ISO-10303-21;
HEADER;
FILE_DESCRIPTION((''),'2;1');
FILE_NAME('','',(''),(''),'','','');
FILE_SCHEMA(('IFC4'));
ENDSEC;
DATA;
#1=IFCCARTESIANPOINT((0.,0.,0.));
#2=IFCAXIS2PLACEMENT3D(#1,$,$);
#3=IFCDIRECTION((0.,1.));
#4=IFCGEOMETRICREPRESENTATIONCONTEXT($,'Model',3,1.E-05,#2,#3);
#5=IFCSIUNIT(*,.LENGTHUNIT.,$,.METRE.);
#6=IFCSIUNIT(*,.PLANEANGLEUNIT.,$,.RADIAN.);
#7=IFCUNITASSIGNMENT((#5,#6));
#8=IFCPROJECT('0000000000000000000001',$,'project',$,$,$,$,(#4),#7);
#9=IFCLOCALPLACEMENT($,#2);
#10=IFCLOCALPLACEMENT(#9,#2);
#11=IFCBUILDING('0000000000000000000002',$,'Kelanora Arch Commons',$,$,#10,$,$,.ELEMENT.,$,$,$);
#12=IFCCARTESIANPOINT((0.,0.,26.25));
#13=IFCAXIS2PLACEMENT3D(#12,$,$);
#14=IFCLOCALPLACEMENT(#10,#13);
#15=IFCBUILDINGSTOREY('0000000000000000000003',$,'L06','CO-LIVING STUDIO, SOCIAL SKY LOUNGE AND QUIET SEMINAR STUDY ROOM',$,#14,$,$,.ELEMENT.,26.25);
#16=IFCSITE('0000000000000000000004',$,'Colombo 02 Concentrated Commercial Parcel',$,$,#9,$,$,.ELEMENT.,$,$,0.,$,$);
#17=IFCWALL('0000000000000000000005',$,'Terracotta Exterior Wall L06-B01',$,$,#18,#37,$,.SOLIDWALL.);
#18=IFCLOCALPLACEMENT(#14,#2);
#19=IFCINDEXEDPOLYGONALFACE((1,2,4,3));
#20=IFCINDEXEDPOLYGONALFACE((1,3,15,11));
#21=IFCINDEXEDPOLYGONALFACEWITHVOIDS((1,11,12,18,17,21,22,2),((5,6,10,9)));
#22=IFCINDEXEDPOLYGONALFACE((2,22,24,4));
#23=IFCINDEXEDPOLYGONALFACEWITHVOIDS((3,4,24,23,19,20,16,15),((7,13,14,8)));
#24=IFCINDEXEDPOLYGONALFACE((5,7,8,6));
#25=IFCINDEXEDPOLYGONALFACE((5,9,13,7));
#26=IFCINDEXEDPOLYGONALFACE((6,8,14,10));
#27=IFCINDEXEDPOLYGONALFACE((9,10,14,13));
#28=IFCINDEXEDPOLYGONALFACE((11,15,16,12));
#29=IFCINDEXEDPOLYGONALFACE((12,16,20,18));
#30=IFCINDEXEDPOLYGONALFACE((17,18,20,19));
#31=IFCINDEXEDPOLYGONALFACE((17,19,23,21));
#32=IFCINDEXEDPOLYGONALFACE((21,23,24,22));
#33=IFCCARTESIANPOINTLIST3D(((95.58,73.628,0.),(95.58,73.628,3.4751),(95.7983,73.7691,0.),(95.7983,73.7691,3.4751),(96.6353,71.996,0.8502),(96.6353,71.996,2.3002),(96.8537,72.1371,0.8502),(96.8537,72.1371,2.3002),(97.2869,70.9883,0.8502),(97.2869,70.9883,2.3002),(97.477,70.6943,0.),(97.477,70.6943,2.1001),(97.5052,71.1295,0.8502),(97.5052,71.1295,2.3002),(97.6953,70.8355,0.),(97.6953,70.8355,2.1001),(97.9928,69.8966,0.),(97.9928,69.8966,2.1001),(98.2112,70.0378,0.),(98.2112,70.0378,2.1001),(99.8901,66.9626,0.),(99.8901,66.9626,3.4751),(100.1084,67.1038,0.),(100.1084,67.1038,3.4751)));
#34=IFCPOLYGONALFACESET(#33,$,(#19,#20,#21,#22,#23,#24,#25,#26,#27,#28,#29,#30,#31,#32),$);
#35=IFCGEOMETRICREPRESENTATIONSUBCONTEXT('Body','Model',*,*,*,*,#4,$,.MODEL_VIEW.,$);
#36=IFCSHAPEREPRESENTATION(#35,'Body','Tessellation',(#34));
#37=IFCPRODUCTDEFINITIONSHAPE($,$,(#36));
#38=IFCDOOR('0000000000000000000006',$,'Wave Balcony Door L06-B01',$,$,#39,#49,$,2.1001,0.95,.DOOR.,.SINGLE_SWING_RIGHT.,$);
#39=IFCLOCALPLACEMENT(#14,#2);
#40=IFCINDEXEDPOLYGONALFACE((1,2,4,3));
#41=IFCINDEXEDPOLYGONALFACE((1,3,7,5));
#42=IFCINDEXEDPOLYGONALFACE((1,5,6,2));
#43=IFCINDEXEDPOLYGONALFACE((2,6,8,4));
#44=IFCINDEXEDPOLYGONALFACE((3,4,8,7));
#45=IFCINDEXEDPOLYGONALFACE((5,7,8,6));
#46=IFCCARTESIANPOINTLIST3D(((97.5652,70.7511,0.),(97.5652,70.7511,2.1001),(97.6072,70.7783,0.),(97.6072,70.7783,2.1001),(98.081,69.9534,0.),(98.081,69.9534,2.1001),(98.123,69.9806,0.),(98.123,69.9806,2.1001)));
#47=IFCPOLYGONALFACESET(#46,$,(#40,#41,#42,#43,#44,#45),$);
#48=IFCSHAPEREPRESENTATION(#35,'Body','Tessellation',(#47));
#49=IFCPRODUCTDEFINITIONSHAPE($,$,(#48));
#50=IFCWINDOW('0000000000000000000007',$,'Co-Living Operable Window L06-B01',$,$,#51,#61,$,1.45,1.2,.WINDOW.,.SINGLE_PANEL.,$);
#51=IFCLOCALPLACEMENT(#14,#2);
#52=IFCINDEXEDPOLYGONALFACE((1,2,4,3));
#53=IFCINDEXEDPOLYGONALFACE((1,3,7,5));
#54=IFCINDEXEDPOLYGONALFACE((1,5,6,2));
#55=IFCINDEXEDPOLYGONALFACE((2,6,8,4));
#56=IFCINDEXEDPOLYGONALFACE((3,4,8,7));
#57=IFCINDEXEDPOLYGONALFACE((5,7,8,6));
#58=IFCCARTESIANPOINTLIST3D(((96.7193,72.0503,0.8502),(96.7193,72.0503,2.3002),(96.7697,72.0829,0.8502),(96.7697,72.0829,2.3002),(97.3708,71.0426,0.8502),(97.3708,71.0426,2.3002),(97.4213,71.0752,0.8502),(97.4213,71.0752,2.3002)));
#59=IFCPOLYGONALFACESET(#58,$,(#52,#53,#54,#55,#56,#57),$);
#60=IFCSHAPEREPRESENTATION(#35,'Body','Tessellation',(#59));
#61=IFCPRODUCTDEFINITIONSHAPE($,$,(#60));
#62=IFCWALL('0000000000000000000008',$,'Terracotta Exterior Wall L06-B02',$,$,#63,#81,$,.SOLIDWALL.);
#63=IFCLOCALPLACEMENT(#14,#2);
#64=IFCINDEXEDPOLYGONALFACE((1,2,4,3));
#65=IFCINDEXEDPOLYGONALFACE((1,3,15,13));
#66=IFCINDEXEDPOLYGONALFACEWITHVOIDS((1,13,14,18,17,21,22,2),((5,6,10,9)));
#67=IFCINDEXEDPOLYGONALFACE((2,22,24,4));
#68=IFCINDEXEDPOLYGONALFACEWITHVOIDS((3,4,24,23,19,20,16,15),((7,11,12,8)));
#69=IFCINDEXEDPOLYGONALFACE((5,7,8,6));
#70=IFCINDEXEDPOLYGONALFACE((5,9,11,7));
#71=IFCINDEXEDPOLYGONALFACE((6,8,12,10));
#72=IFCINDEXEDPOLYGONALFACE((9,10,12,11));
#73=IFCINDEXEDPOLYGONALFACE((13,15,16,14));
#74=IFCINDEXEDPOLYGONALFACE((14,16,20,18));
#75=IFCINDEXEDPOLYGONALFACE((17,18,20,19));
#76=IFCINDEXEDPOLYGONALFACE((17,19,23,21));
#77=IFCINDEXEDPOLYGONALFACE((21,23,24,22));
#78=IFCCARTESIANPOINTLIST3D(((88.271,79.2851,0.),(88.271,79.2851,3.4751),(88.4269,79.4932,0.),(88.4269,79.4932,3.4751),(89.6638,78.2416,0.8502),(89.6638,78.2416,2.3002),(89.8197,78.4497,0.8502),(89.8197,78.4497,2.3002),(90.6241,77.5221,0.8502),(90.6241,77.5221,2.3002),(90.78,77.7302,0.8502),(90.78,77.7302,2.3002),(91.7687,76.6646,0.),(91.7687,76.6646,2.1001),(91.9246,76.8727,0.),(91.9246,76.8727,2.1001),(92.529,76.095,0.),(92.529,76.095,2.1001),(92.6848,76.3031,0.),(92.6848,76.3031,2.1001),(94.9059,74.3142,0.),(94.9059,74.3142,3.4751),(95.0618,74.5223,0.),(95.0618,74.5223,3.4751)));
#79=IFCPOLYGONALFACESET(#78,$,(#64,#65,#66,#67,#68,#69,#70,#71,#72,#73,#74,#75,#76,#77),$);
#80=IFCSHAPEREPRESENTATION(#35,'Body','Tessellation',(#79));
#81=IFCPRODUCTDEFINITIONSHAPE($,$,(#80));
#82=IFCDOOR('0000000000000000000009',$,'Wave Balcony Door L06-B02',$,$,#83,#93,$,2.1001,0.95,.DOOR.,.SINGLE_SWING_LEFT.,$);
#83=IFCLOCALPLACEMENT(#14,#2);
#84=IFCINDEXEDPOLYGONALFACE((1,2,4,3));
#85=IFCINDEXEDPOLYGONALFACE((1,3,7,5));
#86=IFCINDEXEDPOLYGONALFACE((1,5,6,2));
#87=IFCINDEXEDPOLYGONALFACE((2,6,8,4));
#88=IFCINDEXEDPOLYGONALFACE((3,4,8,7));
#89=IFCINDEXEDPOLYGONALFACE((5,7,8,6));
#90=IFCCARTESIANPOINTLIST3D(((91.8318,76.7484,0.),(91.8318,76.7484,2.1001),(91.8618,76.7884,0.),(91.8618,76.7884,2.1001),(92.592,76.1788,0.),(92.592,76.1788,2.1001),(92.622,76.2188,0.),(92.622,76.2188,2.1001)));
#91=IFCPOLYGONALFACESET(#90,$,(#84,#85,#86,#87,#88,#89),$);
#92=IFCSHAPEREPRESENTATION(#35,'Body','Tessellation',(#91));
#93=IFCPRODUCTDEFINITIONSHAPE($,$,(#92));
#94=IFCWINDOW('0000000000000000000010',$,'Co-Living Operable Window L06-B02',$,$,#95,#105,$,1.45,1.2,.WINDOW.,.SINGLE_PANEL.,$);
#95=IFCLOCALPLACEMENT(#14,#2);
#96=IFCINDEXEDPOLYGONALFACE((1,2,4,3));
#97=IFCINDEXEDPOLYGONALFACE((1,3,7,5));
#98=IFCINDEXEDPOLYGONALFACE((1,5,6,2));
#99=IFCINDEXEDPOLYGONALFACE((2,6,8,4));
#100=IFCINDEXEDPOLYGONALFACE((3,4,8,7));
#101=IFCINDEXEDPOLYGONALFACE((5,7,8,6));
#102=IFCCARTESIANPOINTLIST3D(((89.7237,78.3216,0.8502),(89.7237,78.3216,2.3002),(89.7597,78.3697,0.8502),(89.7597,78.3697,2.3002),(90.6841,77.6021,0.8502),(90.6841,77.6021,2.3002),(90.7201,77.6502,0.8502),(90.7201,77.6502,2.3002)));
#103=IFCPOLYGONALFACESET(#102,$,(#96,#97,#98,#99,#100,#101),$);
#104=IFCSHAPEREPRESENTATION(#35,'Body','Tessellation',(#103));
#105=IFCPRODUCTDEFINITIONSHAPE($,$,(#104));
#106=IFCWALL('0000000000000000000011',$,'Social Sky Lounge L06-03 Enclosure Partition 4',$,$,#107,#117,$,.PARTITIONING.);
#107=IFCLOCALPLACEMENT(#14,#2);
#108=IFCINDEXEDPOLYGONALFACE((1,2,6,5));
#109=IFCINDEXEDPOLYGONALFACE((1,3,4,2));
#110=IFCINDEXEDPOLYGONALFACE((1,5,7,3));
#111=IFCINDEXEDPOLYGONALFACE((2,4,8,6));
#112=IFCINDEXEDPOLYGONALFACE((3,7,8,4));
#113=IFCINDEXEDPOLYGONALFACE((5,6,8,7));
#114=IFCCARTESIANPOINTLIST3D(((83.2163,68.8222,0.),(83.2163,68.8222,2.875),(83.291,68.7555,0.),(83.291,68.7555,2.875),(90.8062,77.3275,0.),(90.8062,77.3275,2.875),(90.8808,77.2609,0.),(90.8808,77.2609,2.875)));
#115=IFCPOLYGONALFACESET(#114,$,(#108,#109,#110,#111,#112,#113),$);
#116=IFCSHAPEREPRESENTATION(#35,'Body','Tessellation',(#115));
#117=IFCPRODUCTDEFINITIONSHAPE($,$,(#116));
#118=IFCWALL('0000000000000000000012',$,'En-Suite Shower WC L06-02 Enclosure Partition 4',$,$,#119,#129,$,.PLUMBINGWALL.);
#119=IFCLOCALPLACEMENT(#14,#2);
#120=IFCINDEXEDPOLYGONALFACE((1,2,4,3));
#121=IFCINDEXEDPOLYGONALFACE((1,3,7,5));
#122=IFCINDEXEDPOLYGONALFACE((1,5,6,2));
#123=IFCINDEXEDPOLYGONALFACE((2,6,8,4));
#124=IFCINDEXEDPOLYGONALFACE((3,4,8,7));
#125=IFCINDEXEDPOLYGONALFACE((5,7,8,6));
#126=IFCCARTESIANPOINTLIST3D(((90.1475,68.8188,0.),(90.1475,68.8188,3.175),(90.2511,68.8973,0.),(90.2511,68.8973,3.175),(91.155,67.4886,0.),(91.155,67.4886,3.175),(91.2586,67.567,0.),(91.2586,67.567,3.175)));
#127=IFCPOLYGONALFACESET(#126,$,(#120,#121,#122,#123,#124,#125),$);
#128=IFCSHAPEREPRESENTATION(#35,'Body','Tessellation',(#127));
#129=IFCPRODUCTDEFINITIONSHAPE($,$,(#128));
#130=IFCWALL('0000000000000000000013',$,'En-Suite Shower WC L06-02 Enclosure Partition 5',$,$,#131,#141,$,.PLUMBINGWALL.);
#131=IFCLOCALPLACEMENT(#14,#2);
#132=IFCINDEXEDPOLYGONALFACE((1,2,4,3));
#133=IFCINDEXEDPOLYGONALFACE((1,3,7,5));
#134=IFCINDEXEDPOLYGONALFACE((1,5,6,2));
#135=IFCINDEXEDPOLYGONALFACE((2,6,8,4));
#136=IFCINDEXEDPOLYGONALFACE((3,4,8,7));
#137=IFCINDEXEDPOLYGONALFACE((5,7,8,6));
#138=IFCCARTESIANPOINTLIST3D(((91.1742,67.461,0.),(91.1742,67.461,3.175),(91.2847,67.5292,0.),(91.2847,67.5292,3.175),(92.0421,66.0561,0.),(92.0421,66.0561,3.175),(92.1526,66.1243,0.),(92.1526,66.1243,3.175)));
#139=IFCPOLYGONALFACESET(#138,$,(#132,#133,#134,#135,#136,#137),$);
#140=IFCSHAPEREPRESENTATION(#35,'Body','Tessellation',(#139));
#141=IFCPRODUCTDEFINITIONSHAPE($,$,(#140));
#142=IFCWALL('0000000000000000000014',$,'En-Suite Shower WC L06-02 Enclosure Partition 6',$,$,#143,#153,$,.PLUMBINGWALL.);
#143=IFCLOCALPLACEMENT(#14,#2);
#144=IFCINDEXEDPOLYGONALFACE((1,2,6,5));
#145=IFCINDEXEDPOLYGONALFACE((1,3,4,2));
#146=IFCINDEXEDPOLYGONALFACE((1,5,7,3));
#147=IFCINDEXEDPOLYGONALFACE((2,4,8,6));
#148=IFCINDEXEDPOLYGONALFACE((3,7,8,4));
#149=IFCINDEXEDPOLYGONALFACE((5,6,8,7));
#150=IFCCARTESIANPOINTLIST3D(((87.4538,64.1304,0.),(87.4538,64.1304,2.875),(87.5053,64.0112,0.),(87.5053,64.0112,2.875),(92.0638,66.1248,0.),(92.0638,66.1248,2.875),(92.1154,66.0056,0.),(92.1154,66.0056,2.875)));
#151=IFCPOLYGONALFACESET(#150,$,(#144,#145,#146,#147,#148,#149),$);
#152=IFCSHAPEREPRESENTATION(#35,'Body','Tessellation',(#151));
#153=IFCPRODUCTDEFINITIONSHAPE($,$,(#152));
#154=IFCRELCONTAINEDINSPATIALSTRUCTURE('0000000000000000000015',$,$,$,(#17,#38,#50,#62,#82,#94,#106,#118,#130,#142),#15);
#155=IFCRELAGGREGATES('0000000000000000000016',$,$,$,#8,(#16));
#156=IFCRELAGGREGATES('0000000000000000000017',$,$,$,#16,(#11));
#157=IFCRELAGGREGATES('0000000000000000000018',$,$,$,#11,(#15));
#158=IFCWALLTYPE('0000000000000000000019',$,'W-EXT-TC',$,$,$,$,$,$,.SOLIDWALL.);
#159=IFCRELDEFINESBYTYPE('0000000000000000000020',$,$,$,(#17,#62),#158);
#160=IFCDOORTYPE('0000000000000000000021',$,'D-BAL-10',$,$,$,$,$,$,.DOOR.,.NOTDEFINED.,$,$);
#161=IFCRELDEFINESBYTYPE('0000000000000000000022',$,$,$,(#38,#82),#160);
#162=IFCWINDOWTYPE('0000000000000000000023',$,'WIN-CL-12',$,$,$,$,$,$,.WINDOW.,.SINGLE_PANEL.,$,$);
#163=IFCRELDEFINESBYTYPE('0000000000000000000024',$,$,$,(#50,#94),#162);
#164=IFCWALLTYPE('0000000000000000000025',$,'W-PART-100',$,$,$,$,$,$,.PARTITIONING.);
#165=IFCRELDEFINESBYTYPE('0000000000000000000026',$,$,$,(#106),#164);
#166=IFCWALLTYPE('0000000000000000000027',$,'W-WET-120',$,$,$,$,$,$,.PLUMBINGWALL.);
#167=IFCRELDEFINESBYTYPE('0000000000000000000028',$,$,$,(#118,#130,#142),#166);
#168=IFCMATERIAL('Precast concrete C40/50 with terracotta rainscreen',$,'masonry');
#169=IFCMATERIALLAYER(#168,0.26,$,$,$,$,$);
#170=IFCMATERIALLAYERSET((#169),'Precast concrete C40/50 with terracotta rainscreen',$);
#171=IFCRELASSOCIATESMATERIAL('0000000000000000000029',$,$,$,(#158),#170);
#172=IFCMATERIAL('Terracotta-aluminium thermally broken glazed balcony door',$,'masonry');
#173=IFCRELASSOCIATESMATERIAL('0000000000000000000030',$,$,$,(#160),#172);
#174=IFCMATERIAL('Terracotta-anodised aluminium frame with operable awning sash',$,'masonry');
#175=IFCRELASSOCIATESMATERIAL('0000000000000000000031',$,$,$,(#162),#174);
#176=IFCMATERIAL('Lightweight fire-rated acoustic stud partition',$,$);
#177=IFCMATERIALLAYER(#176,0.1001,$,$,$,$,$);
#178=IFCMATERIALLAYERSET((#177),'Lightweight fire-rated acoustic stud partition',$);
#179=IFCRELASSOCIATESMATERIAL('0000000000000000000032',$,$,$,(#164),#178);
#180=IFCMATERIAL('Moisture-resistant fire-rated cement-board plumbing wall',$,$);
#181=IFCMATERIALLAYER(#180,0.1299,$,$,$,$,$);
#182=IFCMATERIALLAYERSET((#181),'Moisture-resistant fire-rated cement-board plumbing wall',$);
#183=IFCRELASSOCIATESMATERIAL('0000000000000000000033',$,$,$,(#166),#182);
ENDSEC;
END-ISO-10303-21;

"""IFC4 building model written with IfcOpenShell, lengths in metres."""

from ifc_helpers import new_model, si_unit, direction, frame, frame_2d, origin, place, context, subcontext, project, spatial, rectangle, extrude, material, layer, layer_set, type_object, element, fill, save


model = new_model("IFC4")

# Units and contexts
model_context = context("Model", 3, precision=1e-05, world=origin(), true_north=direction((0.0, 1.0)))
body_context = subcontext(model_context, "Body", "Model", "MODEL_VIEW")
ifc_project = project(units=[si_unit("LENGTHUNIT", "METRE"), si_unit("PLANEANGLEUNIT", "RADIAN")], contexts=[model_context])

# Site, building, storey
site_placement = place(None, origin())
site = spatial("IfcSite", under=ifc_project, at=site_placement, Name="Colombo 02 Concentrated Commercial Parcel", CompositionType="ELEMENT", RefElevation=0.0)
building_placement = place(site_placement, origin())
building = spatial("IfcBuilding", under=site, at=building_placement, Name="Kelanora Arch Commons", CompositionType="ELEMENT")
storey_placement = place(building_placement, frame((0.0, 0.0, 26.25)))
storey = spatial("IfcBuildingStorey", under=building, at=storey_placement, Name="L06", Description="CO-LIVING STUDIO, SOCIAL SKY LOUNGE AND QUIET SEMINAR STUDY ROOM", CompositionType="ELEMENT", Elevation=26.25)

# Walls, openings, doors, windows
ifc_material_1 = material(Name="Precast concrete C40/50 with terracotta rainscreen", Category="masonry")
ifc_layer_1 = layer(ifc_material_1, 0.26)
ifc_layer_set_1 = layer_set([ifc_layer_1], Name="Precast concrete C40/50 with terracotta rainscreen")
wall_type_1 = type_object("IfcWallType", Name="W-EXT-TC", PredefinedType="SOLIDWALL", material=ifc_layer_set_1)
wall_1_placement = place(storey_placement, frame((99.9993, 67.0332, 0.0), z_axis=(0.0, 0.0, 1.0), x_axis=(-0.543005, 0.839729, 0.0)))
wall_1 = element("IfcWall", 1, at=wall_1_placement, inside=storey, type_object=wall_type_1, Name="Terracotta Exterior Wall L06-B01", PredefinedType="SOLIDWALL", context=body_context, shape_type="SweptSolid", body=[
    extrude(rectangle(XDim=7.9375, YDim=0.26, at=frame_2d((3.9688, 0.0))), origin(), (0.0, 0.0, 1.0), 3.4751),
])
opening_1_placement = place(wall_1_placement, frame((3.4939, 0.0, 0.0)))
opening_1 = element("IfcOpeningElement", 2, at=opening_1_placement, cuts=wall_1, PredefinedType="OPENING", context=body_context, shape_type="SweptSolid", body=[
    extrude(rectangle(XDim=0.95, YDim=2.1001, at=frame_2d((0.4751, 1.05))), frame((0.0, 0.1401, 0.0), z_axis=(0.0, -1.0, 0.0), x_axis=(1.0, 0.0, 0.0)), (0.0, 0.0, 1.0), 0.28),
])
opening_2_placement = place(wall_1_placement, frame((4.7939, 0.0, 0.8501)))
opening_2 = element("IfcOpeningElement", 3, at=opening_2_placement, cuts=wall_1, PredefinedType="OPENING", context=body_context, shape_type="SweptSolid", body=[
    extrude(rectangle(XDim=1.2, YDim=1.45, at=frame_2d((0.6001, 0.7251))), frame((0.0, 0.1401, 0.0), z_axis=(0.0, -1.0, 0.0), x_axis=(1.0, 0.0, 0.0)), (0.0, 0.0, 1.0), 0.28),
])
ifc_material_2 = material(Name="Terracotta-aluminium thermally broken glazed balcony door", Category="masonry")
door_type = type_object("IfcDoorType", Name="D-BAL-10", OperationType="NOTDEFINED", PredefinedType="DOOR", material=ifc_material_2)
door_1_placement = place(opening_1_placement, frame((0.95, 0.0, 0.0), z_axis=(0.0, 0.0, 1.0), x_axis=(-1.0, 0.0, 0.0)))
door_1 = element("IfcDoor", 4, at=door_1_placement, inside=storey, type_object=door_type, Name="Wave Balcony Door L06-B01", OperationType="SINGLE_SWING_RIGHT", OverallHeight=2.1001, OverallWidth=0.95, PredefinedType="DOOR", context=body_context, shape_type="SweptSolid", body=[
    extrude(rectangle(XDim=0.95, YDim=2.1001, at=frame_2d((0.4751, 1.05))), frame((0.0, 0.0249, 0.0), z_axis=(0.0, -1.0, 0.0), x_axis=(1.0, 0.0, 0.0)), (0.0, 0.0, 1.0), 0.05),
])
fill(opening_1, door_1)
ifc_material_3 = material(Name="Terracotta-anodised aluminium frame with operable awning sash", Category="masonry")
window_type = type_object("IfcWindowType", Name="WIN-CL-12", PartitioningType="SINGLE_PANEL", PredefinedType="WINDOW", material=ifc_material_3)
window_1_placement = place(opening_2_placement, origin())
window_1 = element("IfcWindow", 5, at=window_1_placement, inside=storey, type_object=window_type, Name="Co-Living Operable Window L06-B01", OverallHeight=1.45, OverallWidth=1.2, PartitioningType="SINGLE_PANEL", PredefinedType="WINDOW", context=body_context, shape_type="SweptSolid", body=[
    extrude(rectangle(XDim=1.2, YDim=1.45, at=frame_2d((0.6001, 0.7251))), frame((0.0, 0.03, 0.0), z_axis=(0.0, -1.0, 0.0), x_axis=(1.0, 0.0, 0.0)), (0.0, 0.0, 1.0), 0.0601),
])
fill(opening_2, window_1)
wall_2_placement = place(storey_placement, frame((94.9839, 74.4182, 0.0), z_axis=(0.0, 0.0, 1.0), x_axis=(-0.800307, 0.59959, 0.0)))
wall_2 = element("IfcWall", 6, at=wall_2_placement, inside=storey, type_object=wall_type_1, Name="Terracotta Exterior Wall L06-B02", PredefinedType="SOLIDWALL", context=body_context, shape_type="SweptSolid", body=[
    extrude(rectangle(XDim=8.2905, YDim=0.26, at=frame_2d((4.1453, 0.0))), origin(), (0.0, 0.0, 1.0), 3.4751),
])
opening_3_placement = place(wall_2_placement, frame((2.97, 0.0, 0.0)))
opening_3 = element("IfcOpeningElement", 7, at=opening_3_placement, cuts=wall_2, PredefinedType="OPENING", context=body_context, shape_type="SweptSolid", body=[
    extrude(rectangle(XDim=0.95, YDim=2.1001, at=frame_2d((0.4751, 1.05))), frame((0.0, 0.1401, 0.0), z_axis=(0.0, -1.0, 0.0), x_axis=(1.0, 0.0, 0.0)), (0.0, 0.0, 1.0), 0.28),
])
opening_4_placement = place(wall_2_placement, frame((5.3501, 0.0, 0.8501)))
opening_4 = element("IfcOpeningElement", 8, at=opening_4_placement, cuts=wall_2, PredefinedType="OPENING", context=body_context, shape_type="SweptSolid", body=[
    extrude(rectangle(XDim=1.2, YDim=1.45, at=frame_2d((0.6001, 0.7251))), frame((0.0, 0.1401, 0.0), z_axis=(0.0, -1.0, 0.0), x_axis=(1.0, 0.0, 0.0)), (0.0, 0.0, 1.0), 0.28),
])
door_2_placement = place(opening_3_placement, frame((0.95, 0.0, 0.0), z_axis=(0.0, 0.0, 1.0), x_axis=(-1.0, 0.0, 0.0)))
door_2 = element("IfcDoor", 9, at=door_2_placement, inside=storey, type_object=door_type, Name="Wave Balcony Door L06-B02", OperationType="SINGLE_SWING_LEFT", OverallHeight=2.1001, OverallWidth=0.95, PredefinedType="DOOR", context=body_context, shape_type="SweptSolid", body=[
    extrude(rectangle(XDim=0.95, YDim=2.1001, at=frame_2d((0.4751, 1.05))), frame((0.0, 0.0249, 0.0), z_axis=(0.0, -1.0, 0.0), x_axis=(1.0, 0.0, 0.0)), (0.0, 0.0, 1.0), 0.05),
])
fill(opening_3, door_2)
window_2_placement = place(opening_4_placement, origin())
window_2 = element("IfcWindow", 10, at=window_2_placement, inside=storey, type_object=window_type, Name="Co-Living Operable Window L06-B02", OverallHeight=1.45, OverallWidth=1.2, PartitioningType="SINGLE_PANEL", PredefinedType="WINDOW", context=body_context, shape_type="SweptSolid", body=[
    extrude(rectangle(XDim=1.2, YDim=1.45, at=frame_2d((0.6001, 0.7251))), frame((0.0, 0.03, 0.0), z_axis=(0.0, -1.0, 0.0), x_axis=(1.0, 0.0, 0.0)), (0.0, 0.0, 1.0), 0.0601),
])
fill(opening_4, window_2)

# Walls
ifc_material_4 = material(Name="Lightweight fire-rated acoustic stud partition")
ifc_layer_2 = layer(ifc_material_4, 0.1001)
ifc_layer_set_2 = layer_set([ifc_layer_2], Name="Lightweight fire-rated acoustic stud partition")
wall_type_2 = type_object("IfcWallType", Name="W-PART-100", PredefinedType="PARTITIONING", material=ifc_layer_set_2)
wall_3_placement = place(storey_placement, frame((90.8435, 77.2942, 0.0), z_axis=(0.0, 0.0, 1.0), x_axis=(-0.665809, -0.746122, 0.0)))
element("IfcWall", 11, at=wall_3_placement, inside=storey, type_object=wall_type_2, Name="Social Sky Lounge L06-03 Enclosure Partition 4", PredefinedType="PARTITIONING", context=body_context, shape_type="SweptSolid", body=[
    extrude(rectangle(XDim=11.3994, YDim=0.1001, at=frame_2d((5.6997, 0.0))), origin(), (0.0, 0.0, 1.0), 2.875),
])
ifc_material_5 = material(Name="Moisture-resistant fire-rated cement-board plumbing wall")
ifc_layer_3 = layer(ifc_material_5, 0.1299)
ifc_layer_set_3 = layer_set([ifc_layer_3], Name="Moisture-resistant fire-rated cement-board plumbing wall")
wall_type_3 = type_object("IfcWallType", Name="W-WET-120", PredefinedType="PLUMBINGWALL", material=ifc_layer_set_3)
wall_4_placement = place(storey_placement, frame((90.1992, 68.8582, 0.0), z_axis=(0.0, 0.0, 1.0), x_axis=(0.603762, -0.797165, 0.0)))
element("IfcWall", 12, at=wall_4_placement, inside=storey, type_object=wall_type_3, Name="En-Suite Shower WC L06-02 Enclosure Partition 4", PredefinedType="PLUMBINGWALL", context=body_context, shape_type="SweptSolid", body=[
    extrude(rectangle(XDim=1.6687, YDim=0.1299, at=frame_2d((0.8345, 0.0))), origin(), (0.0, 0.0, 1.0), 3.175),
])
wall_5_placement = place(storey_placement, frame((91.2295, 67.4951, 0.0), z_axis=(0.0, 0.0, 1.0), x_axis=(0.52554, -0.850769, 0.0)))
element("IfcWall", 13, at=wall_5_placement, inside=storey, type_object=wall_type_3, Name="En-Suite Shower WC L06-02 Enclosure Partition 5", PredefinedType="PLUMBINGWALL", context=body_context, shape_type="SweptSolid", body=[
    extrude(rectangle(XDim=1.6514, YDim=0.1299, at=frame_2d((0.8257, 0.0))), origin(), (0.0, 0.0, 1.0), 3.175),
])
wall_6_placement = place(storey_placement, frame((92.0896, 66.0652, 0.0), z_axis=(0.0, 0.0, 1.0), x_axis=(-0.917797, -0.397049, 0.0)))
element("IfcWall", 14, at=wall_6_placement, inside=storey, type_object=wall_type_3, Name="En-Suite Shower WC L06-02 Enclosure Partition 6", PredefinedType="PLUMBINGWALL", context=body_context, shape_type="SweptSolid", body=[
    extrude(rectangle(XDim=5.0229, YDim=0.1299, at=frame_2d((2.5115, 0.0))), origin(), (0.0, 0.0, 1.0), 2.875),
])

save(model, "model.ifc")
